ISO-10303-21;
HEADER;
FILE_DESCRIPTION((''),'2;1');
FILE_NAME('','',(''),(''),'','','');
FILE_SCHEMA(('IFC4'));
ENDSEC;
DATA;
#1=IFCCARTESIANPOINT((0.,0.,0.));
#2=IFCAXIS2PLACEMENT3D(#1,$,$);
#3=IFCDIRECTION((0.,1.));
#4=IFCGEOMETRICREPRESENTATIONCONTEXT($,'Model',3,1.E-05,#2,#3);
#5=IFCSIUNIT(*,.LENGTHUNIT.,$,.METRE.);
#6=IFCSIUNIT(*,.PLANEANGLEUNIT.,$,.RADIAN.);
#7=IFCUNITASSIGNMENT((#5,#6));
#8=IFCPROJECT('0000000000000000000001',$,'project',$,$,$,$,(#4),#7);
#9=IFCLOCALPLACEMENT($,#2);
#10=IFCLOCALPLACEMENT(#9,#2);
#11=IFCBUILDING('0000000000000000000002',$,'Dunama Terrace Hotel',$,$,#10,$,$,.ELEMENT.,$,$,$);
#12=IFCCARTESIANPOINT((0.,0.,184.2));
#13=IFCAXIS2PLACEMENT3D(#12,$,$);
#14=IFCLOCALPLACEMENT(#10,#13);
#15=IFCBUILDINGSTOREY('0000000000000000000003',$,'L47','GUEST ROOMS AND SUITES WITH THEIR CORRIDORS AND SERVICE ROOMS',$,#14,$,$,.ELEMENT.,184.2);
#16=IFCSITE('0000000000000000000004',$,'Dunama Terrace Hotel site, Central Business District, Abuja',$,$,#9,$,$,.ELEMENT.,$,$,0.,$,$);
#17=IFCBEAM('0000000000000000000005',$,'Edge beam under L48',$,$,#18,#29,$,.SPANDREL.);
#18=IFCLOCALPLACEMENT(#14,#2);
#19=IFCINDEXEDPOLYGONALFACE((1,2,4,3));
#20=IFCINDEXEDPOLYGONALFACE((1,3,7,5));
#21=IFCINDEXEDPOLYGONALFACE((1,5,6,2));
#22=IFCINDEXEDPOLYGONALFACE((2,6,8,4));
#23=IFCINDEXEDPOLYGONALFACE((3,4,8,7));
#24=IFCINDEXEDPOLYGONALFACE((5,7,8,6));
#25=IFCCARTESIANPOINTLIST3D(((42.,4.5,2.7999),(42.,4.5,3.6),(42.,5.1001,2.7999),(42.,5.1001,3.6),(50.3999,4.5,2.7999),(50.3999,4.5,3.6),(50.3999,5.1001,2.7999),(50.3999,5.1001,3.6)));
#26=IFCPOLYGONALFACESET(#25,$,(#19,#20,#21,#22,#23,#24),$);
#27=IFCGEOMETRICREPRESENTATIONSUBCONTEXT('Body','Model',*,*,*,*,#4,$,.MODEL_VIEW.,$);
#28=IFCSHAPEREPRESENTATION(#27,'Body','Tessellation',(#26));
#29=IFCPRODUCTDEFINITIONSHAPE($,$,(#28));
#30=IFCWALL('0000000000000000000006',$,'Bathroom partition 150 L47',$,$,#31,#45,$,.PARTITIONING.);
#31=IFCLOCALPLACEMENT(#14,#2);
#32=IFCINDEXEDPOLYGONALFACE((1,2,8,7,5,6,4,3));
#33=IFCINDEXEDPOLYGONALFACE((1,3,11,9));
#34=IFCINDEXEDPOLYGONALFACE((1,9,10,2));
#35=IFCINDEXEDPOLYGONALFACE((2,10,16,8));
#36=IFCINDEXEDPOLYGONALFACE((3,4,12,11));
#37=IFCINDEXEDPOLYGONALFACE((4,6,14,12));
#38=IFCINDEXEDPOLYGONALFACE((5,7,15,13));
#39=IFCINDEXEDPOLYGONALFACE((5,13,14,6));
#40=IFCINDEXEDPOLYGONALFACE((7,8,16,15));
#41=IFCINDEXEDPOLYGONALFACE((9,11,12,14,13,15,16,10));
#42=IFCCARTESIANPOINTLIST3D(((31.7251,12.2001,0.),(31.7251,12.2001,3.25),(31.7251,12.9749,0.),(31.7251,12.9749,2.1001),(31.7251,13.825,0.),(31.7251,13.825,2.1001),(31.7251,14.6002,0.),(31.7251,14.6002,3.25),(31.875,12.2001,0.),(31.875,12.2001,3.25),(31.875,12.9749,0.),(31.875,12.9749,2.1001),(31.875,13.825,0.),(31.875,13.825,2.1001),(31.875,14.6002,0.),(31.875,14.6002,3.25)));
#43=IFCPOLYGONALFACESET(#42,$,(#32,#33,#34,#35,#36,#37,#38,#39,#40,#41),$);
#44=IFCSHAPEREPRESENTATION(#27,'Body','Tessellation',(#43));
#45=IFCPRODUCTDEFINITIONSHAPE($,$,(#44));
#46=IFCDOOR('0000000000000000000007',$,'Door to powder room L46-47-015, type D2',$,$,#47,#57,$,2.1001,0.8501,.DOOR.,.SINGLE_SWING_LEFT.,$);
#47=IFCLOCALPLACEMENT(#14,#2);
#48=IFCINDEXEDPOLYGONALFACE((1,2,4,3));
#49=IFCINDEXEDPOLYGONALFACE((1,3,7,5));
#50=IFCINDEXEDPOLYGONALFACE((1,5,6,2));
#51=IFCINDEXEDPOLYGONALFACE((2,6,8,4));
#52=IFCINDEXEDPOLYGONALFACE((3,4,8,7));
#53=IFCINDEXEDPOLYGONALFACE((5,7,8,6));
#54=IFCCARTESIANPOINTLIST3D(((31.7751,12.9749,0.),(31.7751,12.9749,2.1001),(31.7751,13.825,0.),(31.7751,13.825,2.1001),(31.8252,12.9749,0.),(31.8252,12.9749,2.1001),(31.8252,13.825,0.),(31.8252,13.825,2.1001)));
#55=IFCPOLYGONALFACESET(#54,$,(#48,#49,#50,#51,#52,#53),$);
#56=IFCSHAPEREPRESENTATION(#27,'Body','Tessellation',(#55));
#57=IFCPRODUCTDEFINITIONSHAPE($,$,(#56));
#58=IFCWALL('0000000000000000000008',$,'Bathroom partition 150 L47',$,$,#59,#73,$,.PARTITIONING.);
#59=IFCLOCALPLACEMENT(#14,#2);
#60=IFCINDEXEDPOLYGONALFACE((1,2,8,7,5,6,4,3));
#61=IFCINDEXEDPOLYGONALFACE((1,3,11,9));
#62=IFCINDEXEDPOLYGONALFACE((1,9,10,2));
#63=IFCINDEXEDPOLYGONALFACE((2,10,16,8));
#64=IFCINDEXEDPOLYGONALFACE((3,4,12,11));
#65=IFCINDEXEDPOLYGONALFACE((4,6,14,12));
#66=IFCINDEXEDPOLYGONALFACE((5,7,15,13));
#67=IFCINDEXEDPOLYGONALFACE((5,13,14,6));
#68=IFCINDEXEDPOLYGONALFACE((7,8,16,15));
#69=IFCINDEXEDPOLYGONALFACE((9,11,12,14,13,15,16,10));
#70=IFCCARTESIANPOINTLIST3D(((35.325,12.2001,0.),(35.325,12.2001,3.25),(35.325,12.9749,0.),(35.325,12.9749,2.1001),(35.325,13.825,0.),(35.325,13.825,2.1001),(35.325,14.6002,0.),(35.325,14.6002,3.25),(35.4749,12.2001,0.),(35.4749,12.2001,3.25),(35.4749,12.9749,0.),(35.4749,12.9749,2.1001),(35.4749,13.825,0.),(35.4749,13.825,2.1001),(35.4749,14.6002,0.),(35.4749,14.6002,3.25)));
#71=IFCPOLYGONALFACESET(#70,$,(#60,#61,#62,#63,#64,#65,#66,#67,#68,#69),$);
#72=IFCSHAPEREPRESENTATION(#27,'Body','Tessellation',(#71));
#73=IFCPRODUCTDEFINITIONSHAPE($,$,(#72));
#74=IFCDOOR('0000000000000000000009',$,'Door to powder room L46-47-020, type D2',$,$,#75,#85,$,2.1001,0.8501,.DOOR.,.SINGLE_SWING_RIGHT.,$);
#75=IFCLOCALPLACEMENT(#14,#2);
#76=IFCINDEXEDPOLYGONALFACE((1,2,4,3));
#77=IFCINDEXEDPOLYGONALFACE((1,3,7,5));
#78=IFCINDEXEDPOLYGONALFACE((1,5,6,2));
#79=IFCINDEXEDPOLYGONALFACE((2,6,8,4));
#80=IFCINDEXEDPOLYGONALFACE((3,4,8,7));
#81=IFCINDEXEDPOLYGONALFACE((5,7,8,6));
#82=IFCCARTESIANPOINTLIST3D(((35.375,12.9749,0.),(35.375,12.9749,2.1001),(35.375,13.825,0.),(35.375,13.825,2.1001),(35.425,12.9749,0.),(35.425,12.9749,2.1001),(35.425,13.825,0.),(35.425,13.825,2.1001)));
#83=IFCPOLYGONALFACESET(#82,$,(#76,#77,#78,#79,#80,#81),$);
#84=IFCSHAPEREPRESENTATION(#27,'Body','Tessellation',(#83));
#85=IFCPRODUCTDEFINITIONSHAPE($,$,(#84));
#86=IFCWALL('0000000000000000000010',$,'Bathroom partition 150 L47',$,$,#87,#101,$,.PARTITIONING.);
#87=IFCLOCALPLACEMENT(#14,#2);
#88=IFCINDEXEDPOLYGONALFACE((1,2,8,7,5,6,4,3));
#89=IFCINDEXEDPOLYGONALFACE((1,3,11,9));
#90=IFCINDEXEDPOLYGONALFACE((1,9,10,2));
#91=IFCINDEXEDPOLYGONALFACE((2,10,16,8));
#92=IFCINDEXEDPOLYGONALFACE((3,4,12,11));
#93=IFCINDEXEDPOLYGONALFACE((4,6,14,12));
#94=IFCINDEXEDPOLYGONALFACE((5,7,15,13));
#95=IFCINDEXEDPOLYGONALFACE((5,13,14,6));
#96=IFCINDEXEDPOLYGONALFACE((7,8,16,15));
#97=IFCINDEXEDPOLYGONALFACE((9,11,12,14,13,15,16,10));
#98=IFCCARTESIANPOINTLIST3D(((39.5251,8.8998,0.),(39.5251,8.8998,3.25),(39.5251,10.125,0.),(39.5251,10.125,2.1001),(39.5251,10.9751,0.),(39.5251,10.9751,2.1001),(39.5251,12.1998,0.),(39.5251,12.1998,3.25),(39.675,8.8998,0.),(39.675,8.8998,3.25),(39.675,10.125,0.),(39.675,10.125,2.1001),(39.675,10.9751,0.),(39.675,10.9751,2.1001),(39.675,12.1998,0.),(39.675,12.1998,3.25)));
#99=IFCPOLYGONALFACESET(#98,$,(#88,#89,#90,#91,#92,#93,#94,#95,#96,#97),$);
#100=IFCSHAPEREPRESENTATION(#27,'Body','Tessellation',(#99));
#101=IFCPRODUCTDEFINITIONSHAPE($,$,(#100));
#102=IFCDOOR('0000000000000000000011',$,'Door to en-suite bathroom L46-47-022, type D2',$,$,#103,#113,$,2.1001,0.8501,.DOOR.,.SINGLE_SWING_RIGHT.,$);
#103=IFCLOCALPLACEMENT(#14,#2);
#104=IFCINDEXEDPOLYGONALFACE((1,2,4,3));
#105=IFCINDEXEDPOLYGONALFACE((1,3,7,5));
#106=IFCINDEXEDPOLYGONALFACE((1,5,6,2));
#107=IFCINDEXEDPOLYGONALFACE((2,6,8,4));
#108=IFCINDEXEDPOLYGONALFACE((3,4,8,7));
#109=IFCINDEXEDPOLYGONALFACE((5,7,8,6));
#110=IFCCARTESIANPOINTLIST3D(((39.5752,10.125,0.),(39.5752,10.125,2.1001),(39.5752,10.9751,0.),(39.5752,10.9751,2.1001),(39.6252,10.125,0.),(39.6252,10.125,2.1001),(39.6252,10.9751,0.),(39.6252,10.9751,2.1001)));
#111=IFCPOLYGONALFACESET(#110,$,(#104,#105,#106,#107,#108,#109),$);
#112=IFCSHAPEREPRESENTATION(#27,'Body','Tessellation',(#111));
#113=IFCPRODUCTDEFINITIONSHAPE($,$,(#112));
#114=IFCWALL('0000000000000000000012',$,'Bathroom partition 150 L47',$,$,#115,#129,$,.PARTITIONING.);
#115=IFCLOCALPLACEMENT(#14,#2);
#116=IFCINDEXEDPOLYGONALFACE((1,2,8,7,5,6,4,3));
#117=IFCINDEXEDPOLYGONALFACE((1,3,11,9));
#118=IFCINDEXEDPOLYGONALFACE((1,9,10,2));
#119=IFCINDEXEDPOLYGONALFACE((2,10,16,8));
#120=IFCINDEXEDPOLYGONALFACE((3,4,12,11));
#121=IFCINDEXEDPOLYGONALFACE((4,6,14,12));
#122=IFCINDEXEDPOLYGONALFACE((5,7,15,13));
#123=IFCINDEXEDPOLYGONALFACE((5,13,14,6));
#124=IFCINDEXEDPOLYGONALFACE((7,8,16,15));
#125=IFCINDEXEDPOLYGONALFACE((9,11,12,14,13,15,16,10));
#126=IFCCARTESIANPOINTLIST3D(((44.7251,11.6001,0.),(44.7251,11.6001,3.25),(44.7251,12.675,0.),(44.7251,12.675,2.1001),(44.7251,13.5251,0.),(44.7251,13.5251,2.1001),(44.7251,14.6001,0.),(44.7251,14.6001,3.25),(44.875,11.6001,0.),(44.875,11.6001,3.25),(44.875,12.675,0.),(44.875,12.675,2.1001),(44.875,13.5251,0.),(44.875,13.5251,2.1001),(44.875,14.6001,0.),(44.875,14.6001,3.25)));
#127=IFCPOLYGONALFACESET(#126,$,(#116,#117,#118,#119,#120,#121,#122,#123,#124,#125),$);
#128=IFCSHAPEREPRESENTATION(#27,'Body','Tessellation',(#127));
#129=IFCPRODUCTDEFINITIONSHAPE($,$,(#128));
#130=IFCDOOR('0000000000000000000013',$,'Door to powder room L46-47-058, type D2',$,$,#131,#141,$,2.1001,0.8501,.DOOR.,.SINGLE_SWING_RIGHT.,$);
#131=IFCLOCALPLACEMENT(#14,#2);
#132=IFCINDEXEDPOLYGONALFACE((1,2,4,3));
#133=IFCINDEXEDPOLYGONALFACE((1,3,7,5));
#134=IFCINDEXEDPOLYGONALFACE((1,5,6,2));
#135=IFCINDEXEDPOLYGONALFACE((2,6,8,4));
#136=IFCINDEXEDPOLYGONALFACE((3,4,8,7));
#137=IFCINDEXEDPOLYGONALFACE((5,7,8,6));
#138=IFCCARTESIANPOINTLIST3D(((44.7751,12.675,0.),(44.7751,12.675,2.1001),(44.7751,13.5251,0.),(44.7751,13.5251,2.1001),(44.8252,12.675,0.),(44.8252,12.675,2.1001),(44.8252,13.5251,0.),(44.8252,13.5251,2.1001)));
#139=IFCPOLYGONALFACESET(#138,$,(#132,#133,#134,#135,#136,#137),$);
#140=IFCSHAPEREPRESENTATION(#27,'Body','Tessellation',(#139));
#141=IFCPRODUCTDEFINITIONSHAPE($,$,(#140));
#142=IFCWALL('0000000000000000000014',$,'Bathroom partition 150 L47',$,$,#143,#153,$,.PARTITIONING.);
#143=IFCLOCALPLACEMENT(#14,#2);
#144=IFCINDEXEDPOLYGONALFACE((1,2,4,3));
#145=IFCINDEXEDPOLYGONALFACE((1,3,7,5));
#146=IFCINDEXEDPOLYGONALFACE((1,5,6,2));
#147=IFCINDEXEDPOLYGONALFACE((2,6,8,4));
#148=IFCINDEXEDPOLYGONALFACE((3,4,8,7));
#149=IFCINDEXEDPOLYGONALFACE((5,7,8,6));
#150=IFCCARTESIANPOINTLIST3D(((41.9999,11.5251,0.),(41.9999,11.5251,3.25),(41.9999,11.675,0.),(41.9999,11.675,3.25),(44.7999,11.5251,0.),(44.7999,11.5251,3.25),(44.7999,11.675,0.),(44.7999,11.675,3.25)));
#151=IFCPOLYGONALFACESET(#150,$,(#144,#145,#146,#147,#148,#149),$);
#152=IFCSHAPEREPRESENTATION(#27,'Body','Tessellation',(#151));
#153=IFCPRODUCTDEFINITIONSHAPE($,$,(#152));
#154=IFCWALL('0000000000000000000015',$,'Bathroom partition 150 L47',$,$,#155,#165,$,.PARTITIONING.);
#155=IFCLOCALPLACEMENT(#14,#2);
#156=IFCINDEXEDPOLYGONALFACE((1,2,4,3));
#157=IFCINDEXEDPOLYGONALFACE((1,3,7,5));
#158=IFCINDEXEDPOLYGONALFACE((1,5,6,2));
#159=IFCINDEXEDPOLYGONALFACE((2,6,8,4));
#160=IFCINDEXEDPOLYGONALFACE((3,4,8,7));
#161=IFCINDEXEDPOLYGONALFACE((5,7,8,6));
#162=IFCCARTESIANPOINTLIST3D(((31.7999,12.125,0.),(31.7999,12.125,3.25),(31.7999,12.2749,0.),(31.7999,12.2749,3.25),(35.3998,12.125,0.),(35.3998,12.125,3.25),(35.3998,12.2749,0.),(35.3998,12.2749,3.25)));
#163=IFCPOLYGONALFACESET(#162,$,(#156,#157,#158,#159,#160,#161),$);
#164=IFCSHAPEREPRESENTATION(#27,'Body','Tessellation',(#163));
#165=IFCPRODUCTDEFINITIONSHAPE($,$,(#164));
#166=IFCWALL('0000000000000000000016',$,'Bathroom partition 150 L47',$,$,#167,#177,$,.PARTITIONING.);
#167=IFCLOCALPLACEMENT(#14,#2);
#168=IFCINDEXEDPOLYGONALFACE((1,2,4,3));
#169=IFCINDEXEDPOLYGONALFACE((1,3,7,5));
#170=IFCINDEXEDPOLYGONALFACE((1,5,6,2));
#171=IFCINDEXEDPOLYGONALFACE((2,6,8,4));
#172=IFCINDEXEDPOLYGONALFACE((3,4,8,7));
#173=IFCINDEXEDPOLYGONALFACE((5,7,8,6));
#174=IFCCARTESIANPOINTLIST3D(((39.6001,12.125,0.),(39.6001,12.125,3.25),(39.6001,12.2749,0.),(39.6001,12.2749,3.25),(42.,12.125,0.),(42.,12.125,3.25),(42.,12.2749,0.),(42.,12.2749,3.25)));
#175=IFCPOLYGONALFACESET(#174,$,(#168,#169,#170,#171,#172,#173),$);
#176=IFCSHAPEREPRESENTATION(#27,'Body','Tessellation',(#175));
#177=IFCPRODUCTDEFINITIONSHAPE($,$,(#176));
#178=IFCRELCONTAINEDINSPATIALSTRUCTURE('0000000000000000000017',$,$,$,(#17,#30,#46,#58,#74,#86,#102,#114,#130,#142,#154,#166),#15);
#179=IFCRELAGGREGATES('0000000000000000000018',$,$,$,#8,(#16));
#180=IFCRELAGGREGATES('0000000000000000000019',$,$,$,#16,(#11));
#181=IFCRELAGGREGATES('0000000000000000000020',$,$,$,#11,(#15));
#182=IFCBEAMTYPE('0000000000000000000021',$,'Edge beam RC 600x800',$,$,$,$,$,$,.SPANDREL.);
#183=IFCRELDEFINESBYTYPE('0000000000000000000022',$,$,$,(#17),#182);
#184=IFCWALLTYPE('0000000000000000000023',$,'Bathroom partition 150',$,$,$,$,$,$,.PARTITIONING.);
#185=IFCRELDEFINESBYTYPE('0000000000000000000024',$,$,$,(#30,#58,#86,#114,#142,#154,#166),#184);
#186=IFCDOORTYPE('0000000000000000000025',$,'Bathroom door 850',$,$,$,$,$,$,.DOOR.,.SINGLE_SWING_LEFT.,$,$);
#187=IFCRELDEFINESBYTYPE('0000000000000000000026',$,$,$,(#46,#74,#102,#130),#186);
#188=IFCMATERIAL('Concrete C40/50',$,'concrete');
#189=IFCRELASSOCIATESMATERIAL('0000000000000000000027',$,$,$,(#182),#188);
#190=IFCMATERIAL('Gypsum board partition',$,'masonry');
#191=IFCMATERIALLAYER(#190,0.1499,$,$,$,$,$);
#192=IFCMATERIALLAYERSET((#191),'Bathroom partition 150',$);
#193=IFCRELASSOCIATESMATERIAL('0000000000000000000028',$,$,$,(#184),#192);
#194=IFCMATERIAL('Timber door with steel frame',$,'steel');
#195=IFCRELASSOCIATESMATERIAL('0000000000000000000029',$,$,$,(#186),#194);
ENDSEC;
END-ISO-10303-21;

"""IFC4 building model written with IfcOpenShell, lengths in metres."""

from ifc_helpers import new_model, si_unit, direction, frame, frame_2d, origin, origin_2d, place, context, subcontext, project, spatial, rectangle, extrude, material, layer, layer_set, material_profile, profile_set, type_object, element, fill, save


model = new_model("IFC4")

# Units and contexts
model_context = context("Model", 3, precision=1e-05, world=origin(), true_north=direction((0.0, 1.0)))
body_context = subcontext(model_context, "Body", "Model", "MODEL_VIEW")
ifc_project = project(units=[si_unit("LENGTHUNIT", "METRE"), si_unit("PLANEANGLEUNIT", "RADIAN")], contexts=[model_context])

# Site, building, storey
site_placement = place(None, origin())
site = spatial("IfcSite", under=ifc_project, at=site_placement, Name="Dunama Terrace Hotel site, Central Business District, Abuja", CompositionType="ELEMENT", RefElevation=0.0)
building_placement = place(site_placement, origin())
building = spatial("IfcBuilding", under=site, at=building_placement, Name="Dunama Terrace Hotel", CompositionType="ELEMENT")
storey_placement = place(building_placement, frame((0.0, 0.0, 184.2)))
storey = spatial("IfcBuildingStorey", under=building, at=storey_placement, Name="L47", Description="GUEST ROOMS AND SUITES WITH THEIR CORRIDORS AND SERVICE ROOMS", CompositionType="ELEMENT", Elevation=184.2)

# Beam
ifc_material_1 = material(Name="Concrete C40/50", Category="concrete")
ifc_material_profile = material_profile(ifc_material_1, rectangle(XDim=0.6001, YDim=0.8, at=origin_2d()), Name="RC 600x800")
ifc_profile_set = profile_set([ifc_material_profile], Name="Concrete C40/50")
beam_type = type_object("IfcBeamType", Name="Edge beam RC 600x800", PredefinedType="SPANDREL", material=ifc_profile_set)
beam_placement = place(storey_placement, frame((42.0, 4.8, 3.2), z_axis=(1.0, 0.0, 0.0), x_axis=(0.0, 1.0, 0.0)))
element("IfcBeam", 1, at=beam_placement, inside=storey, type_object=beam_type, Name="Edge beam under L48", PredefinedType="SPANDREL", context=body_context, shape_type="SweptSolid", body=[
    extrude(rectangle(XDim=0.6001, YDim=0.8, at=origin_2d()), origin(), (0.0, 0.0, 1.0), 8.3999),
])

# Walls, openings, doors
ifc_material_2 = material(Name="Gypsum board partition", Category="masonry")
ifc_layer_1 = layer(ifc_material_2, 0.1499)
ifc_layer_set_1 = layer_set([ifc_layer_1], Name="Bathroom partition 150")
wall_type_1 = type_object("IfcWallType", Name="Bathroom partition 150", PredefinedType="PARTITIONING", material=ifc_layer_set_1)
wall_1_placement = place(storey_placement, frame((31.8, 12.2, 0.0), z_axis=(0.0, 0.0, 1.0), x_axis=(0.0, 1.0, 0.0)))
wall_1 = element("IfcWall", 2, at=wall_1_placement, inside=storey, type_object=wall_type_1, Name="Bathroom partition 150 L47", PredefinedType="PARTITIONING", context=body_context, shape_type="SweptSolid", body=[
    extrude(rectangle(XDim=2.4001, YDim=0.1499, at=frame_2d((1.2002, 0.0))), origin(), (0.0, 0.0, 1.0), 3.25),
])
opening_1_placement = place(wall_1_placement, frame((0.7749, 0.0, 0.0)))
opening_1 = element("IfcOpeningElement", 3, at=opening_1_placement, cuts=wall_1, PredefinedType="OPENING", context=body_context, shape_type="SweptSolid", body=[
    extrude(rectangle(XDim=0.8501, YDim=2.1001, at=frame_2d((0.425, 1.05))), frame((0.0, 0.085, 0.0), z_axis=(0.0, -1.0, 0.0), x_axis=(1.0, 0.0, 0.0)), (0.0, 0.0, 1.0), 0.1699),
])
ifc_material_3 = material(Name="Timber door with steel frame", Category="steel")
door_type_1 = type_object("IfcDoorType", Name="Bathroom door 850", OperationType="SINGLE_SWING_LEFT", PredefinedType="DOOR", material=ifc_material_3)
door_1_placement = place(opening_1_placement, frame((0.8501, 0.0, 0.0), z_axis=(0.0, 0.0, 1.0), x_axis=(-1.0, 0.0, 0.0)))
door_1 = element("IfcDoor", 4, at=door_1_placement, inside=storey, type_object=door_type_1, Name="Door to powder room L46-47-015, type D2", OperationType="SINGLE_SWING_LEFT", OverallHeight=2.1001, OverallWidth=0.8501, PredefinedType="DOOR", context=body_context, shape_type="SweptSolid", body=[
    extrude(rectangle(XDim=0.8501, YDim=2.1001, at=frame_2d((0.425, 1.05))), frame((0.0, 0.0251, 0.0), z_axis=(0.0, -1.0, 0.0), x_axis=(1.0, 0.0, 0.0)), (0.0, 0.0, 1.0), 0.05),
])
fill(opening_1, door_1)
wall_2_placement = place(storey_placement, frame((35.3999, 12.2, 0.0), z_axis=(0.0, 0.0, 1.0), x_axis=(0.0, 1.0, 0.0)))
wall_2 = element("IfcWall", 5, at=wall_2_placement, inside=storey, type_object=wall_type_1, Name="Bathroom partition 150 L47", PredefinedType="PARTITIONING", context=body_context, shape_type="SweptSolid", body=[
    extrude(rectangle(XDim=2.4001, YDim=0.1499, at=frame_2d((1.2002, 0.0))), origin(), (0.0, 0.0, 1.0), 3.25),
])
opening_2_placement = place(wall_2_placement, frame((0.7749, 0.0, 0.0)))
opening_2 = element("IfcOpeningElement", 6, at=opening_2_placement, cuts=wall_2, PredefinedType="OPENING", context=body_context, shape_type="SweptSolid", body=[
    extrude(rectangle(XDim=0.8501, YDim=2.1001, at=frame_2d((0.425, 1.05))), frame((0.0, 0.085, 0.0), z_axis=(0.0, -1.0, 0.0), x_axis=(1.0, 0.0, 0.0)), (0.0, 0.0, 1.0), 0.1699),
])
door_2_placement = place(opening_2_placement, origin())
door_2 = element("IfcDoor", 7, at=door_2_placement, inside=storey, type_object=door_type_1, Name="Door to powder room L46-47-020, type D2", OperationType="SINGLE_SWING_RIGHT", OverallHeight=2.1001, OverallWidth=0.8501, PredefinedType="DOOR", context=body_context, shape_type="SweptSolid", body=[
    extrude(rectangle(XDim=0.8501, YDim=2.1001, at=frame_2d((0.425, 1.05))), frame((0.0, 0.0249, 0.0), z_axis=(0.0, -1.0, 0.0), x_axis=(1.0, 0.0, 0.0)), (0.0, 0.0, 1.0), 0.05),
])
fill(opening_2, door_2)
wall_3_placement = place(storey_placement, frame((39.6001, 8.8999, 0.0), z_axis=(0.0, 0.0, 1.0), x_axis=(0.0, 1.0, 0.0)))
wall_3 = element("IfcWall", 8, at=wall_3_placement, inside=storey, type_object=wall_type_1, Name="Bathroom partition 150 L47", PredefinedType="PARTITIONING", context=body_context, shape_type="SweptSolid", body=[
    extrude(rectangle(XDim=3.3, YDim=0.1499, at=frame_2d((1.6499, 0.0))), origin(), (0.0, 0.0, 1.0), 3.25),
])
opening_3_placement = place(wall_3_placement, frame((1.2251, 0.0, 0.0)))
opening_3 = element("IfcOpeningElement", 9, at=opening_3_placement, cuts=wall_3, PredefinedType="OPENING", context=body_context, shape_type="SweptSolid", body=[
    extrude(rectangle(XDim=0.8501, YDim=2.1001, at=frame_2d((0.425, 1.05))), frame((0.0, 0.085, 0.0), z_axis=(0.0, -1.0, 0.0), x_axis=(1.0, 0.0, 0.0)), (0.0, 0.0, 1.0), 0.1699),
])
door_3_placement = place(opening_3_placement, frame((0.8501, 0.0, 0.0), z_axis=(0.0, 0.0, 1.0), x_axis=(-1.0, 0.0, 0.0)))
door_3 = element("IfcDoor", 10, at=door_3_placement, inside=storey, type_object=door_type_1, Name="Door to en-suite bathroom L46-47-022, type D2", OperationType="SINGLE_SWING_RIGHT", OverallHeight=2.1001, OverallWidth=0.8501, PredefinedType="DOOR", context=body_context, shape_type="SweptSolid", body=[
    extrude(rectangle(XDim=0.8501, YDim=2.1001, at=frame_2d((0.425, 1.05))), frame((0.0, 0.0251, 0.0), z_axis=(0.0, -1.0, 0.0), x_axis=(1.0, 0.0, 0.0)), (0.0, 0.0, 1.0), 0.05),
])
fill(opening_3, door_3)
wall_4_placement = place(storey_placement, frame((44.8, 11.6001, 0.0), z_axis=(0.0, 0.0, 1.0), x_axis=(0.0, 1.0, 0.0)))
wall_4 = element("IfcWall", 11, at=wall_4_placement, inside=storey, type_object=wall_type_1, Name="Bathroom partition 150 L47", PredefinedType="PARTITIONING", context=body_context, shape_type="SweptSolid", body=[
    extrude(rectangle(XDim=3.0, YDim=0.1499, at=frame_2d((1.5, 0.0))), origin(), (0.0, 0.0, 1.0), 3.25),
])
opening_4_placement = place(wall_4_placement, frame((1.075, 0.0, 0.0)))
opening_4 = element("IfcOpeningElement", 12, at=opening_4_placement, cuts=wall_4, PredefinedType="OPENING", context=body_context, shape_type="SweptSolid", body=[
    extrude(rectangle(XDim=0.8501, YDim=2.1001, at=frame_2d((0.425, 1.05))), frame((0.0, 0.085, 0.0), z_axis=(0.0, -1.0, 0.0), x_axis=(1.0, 0.0, 0.0)), (0.0, 0.0, 1.0), 0.1699),
])
door_4_placement = place(opening_4_placement, origin())
door_4 = element("IfcDoor", 13, at=door_4_placement, inside=storey, type_object=door_type_1, Name="Door to powder room L46-47-058, type D2", OperationType="SINGLE_SWING_RIGHT", OverallHeight=2.1001, OverallWidth=0.8501, PredefinedType="DOOR", context=body_context, shape_type="SweptSolid", body=[
    extrude(rectangle(XDim=0.8501, YDim=2.1001, at=frame_2d((0.425, 1.05))), frame((0.0, 0.0249, 0.0), z_axis=(0.0, -1.0, 0.0), x_axis=(1.0, 0.0, 0.0)), (0.0, 0.0, 1.0), 0.05),
])
fill(opening_4, door_4)

# Walls
wall_5_placement = place(storey_placement, frame((42.0, 11.6001, 0.0), z_axis=(0.0, 0.0, 1.0), x_axis=(1.0, 0.0, 0.0)))
element("IfcWall", 14, at=wall_5_placement, inside=storey, type_object=wall_type_1, Name="Bathroom partition 150 L47", PredefinedType="PARTITIONING", context=body_context, shape_type="SweptSolid", body=[
    extrude(rectangle(XDim=2.8, YDim=0.1499, at=frame_2d((1.3999, 0.0))), origin(), (0.0, 0.0, 1.0), 3.25),
])
wall_6_placement = place(storey_placement, frame((31.8, 12.2, 0.0), z_axis=(0.0, 0.0, 1.0), x_axis=(1.0, 0.0, 0.0)))
element("IfcWall", 15, at=wall_6_placement, inside=storey, type_object=wall_type_1, Name="Bathroom partition 150 L47", PredefinedType="PARTITIONING", context=body_context, shape_type="SweptSolid", body=[
    extrude(rectangle(XDim=3.5999, YDim=0.1499, at=frame_2d((1.7998, 0.0))), origin(), (0.0, 0.0, 1.0), 3.25),
])
wall_7_placement = place(storey_placement, frame((39.6001, 12.2, 0.0), z_axis=(0.0, 0.0, 1.0), x_axis=(1.0, 0.0, 0.0)))
element("IfcWall", 16, at=wall_7_placement, inside=storey, type_object=wall_type_1, Name="Bathroom partition 150 L47", PredefinedType="PARTITIONING", context=body_context, shape_type="SweptSolid", body=[
    extrude(rectangle(XDim=2.3999, YDim=0.1499, at=frame_2d((1.2, 0.0))), origin(), (0.0, 0.0, 1.0), 3.25),
])

save(model, "model.ifc")
